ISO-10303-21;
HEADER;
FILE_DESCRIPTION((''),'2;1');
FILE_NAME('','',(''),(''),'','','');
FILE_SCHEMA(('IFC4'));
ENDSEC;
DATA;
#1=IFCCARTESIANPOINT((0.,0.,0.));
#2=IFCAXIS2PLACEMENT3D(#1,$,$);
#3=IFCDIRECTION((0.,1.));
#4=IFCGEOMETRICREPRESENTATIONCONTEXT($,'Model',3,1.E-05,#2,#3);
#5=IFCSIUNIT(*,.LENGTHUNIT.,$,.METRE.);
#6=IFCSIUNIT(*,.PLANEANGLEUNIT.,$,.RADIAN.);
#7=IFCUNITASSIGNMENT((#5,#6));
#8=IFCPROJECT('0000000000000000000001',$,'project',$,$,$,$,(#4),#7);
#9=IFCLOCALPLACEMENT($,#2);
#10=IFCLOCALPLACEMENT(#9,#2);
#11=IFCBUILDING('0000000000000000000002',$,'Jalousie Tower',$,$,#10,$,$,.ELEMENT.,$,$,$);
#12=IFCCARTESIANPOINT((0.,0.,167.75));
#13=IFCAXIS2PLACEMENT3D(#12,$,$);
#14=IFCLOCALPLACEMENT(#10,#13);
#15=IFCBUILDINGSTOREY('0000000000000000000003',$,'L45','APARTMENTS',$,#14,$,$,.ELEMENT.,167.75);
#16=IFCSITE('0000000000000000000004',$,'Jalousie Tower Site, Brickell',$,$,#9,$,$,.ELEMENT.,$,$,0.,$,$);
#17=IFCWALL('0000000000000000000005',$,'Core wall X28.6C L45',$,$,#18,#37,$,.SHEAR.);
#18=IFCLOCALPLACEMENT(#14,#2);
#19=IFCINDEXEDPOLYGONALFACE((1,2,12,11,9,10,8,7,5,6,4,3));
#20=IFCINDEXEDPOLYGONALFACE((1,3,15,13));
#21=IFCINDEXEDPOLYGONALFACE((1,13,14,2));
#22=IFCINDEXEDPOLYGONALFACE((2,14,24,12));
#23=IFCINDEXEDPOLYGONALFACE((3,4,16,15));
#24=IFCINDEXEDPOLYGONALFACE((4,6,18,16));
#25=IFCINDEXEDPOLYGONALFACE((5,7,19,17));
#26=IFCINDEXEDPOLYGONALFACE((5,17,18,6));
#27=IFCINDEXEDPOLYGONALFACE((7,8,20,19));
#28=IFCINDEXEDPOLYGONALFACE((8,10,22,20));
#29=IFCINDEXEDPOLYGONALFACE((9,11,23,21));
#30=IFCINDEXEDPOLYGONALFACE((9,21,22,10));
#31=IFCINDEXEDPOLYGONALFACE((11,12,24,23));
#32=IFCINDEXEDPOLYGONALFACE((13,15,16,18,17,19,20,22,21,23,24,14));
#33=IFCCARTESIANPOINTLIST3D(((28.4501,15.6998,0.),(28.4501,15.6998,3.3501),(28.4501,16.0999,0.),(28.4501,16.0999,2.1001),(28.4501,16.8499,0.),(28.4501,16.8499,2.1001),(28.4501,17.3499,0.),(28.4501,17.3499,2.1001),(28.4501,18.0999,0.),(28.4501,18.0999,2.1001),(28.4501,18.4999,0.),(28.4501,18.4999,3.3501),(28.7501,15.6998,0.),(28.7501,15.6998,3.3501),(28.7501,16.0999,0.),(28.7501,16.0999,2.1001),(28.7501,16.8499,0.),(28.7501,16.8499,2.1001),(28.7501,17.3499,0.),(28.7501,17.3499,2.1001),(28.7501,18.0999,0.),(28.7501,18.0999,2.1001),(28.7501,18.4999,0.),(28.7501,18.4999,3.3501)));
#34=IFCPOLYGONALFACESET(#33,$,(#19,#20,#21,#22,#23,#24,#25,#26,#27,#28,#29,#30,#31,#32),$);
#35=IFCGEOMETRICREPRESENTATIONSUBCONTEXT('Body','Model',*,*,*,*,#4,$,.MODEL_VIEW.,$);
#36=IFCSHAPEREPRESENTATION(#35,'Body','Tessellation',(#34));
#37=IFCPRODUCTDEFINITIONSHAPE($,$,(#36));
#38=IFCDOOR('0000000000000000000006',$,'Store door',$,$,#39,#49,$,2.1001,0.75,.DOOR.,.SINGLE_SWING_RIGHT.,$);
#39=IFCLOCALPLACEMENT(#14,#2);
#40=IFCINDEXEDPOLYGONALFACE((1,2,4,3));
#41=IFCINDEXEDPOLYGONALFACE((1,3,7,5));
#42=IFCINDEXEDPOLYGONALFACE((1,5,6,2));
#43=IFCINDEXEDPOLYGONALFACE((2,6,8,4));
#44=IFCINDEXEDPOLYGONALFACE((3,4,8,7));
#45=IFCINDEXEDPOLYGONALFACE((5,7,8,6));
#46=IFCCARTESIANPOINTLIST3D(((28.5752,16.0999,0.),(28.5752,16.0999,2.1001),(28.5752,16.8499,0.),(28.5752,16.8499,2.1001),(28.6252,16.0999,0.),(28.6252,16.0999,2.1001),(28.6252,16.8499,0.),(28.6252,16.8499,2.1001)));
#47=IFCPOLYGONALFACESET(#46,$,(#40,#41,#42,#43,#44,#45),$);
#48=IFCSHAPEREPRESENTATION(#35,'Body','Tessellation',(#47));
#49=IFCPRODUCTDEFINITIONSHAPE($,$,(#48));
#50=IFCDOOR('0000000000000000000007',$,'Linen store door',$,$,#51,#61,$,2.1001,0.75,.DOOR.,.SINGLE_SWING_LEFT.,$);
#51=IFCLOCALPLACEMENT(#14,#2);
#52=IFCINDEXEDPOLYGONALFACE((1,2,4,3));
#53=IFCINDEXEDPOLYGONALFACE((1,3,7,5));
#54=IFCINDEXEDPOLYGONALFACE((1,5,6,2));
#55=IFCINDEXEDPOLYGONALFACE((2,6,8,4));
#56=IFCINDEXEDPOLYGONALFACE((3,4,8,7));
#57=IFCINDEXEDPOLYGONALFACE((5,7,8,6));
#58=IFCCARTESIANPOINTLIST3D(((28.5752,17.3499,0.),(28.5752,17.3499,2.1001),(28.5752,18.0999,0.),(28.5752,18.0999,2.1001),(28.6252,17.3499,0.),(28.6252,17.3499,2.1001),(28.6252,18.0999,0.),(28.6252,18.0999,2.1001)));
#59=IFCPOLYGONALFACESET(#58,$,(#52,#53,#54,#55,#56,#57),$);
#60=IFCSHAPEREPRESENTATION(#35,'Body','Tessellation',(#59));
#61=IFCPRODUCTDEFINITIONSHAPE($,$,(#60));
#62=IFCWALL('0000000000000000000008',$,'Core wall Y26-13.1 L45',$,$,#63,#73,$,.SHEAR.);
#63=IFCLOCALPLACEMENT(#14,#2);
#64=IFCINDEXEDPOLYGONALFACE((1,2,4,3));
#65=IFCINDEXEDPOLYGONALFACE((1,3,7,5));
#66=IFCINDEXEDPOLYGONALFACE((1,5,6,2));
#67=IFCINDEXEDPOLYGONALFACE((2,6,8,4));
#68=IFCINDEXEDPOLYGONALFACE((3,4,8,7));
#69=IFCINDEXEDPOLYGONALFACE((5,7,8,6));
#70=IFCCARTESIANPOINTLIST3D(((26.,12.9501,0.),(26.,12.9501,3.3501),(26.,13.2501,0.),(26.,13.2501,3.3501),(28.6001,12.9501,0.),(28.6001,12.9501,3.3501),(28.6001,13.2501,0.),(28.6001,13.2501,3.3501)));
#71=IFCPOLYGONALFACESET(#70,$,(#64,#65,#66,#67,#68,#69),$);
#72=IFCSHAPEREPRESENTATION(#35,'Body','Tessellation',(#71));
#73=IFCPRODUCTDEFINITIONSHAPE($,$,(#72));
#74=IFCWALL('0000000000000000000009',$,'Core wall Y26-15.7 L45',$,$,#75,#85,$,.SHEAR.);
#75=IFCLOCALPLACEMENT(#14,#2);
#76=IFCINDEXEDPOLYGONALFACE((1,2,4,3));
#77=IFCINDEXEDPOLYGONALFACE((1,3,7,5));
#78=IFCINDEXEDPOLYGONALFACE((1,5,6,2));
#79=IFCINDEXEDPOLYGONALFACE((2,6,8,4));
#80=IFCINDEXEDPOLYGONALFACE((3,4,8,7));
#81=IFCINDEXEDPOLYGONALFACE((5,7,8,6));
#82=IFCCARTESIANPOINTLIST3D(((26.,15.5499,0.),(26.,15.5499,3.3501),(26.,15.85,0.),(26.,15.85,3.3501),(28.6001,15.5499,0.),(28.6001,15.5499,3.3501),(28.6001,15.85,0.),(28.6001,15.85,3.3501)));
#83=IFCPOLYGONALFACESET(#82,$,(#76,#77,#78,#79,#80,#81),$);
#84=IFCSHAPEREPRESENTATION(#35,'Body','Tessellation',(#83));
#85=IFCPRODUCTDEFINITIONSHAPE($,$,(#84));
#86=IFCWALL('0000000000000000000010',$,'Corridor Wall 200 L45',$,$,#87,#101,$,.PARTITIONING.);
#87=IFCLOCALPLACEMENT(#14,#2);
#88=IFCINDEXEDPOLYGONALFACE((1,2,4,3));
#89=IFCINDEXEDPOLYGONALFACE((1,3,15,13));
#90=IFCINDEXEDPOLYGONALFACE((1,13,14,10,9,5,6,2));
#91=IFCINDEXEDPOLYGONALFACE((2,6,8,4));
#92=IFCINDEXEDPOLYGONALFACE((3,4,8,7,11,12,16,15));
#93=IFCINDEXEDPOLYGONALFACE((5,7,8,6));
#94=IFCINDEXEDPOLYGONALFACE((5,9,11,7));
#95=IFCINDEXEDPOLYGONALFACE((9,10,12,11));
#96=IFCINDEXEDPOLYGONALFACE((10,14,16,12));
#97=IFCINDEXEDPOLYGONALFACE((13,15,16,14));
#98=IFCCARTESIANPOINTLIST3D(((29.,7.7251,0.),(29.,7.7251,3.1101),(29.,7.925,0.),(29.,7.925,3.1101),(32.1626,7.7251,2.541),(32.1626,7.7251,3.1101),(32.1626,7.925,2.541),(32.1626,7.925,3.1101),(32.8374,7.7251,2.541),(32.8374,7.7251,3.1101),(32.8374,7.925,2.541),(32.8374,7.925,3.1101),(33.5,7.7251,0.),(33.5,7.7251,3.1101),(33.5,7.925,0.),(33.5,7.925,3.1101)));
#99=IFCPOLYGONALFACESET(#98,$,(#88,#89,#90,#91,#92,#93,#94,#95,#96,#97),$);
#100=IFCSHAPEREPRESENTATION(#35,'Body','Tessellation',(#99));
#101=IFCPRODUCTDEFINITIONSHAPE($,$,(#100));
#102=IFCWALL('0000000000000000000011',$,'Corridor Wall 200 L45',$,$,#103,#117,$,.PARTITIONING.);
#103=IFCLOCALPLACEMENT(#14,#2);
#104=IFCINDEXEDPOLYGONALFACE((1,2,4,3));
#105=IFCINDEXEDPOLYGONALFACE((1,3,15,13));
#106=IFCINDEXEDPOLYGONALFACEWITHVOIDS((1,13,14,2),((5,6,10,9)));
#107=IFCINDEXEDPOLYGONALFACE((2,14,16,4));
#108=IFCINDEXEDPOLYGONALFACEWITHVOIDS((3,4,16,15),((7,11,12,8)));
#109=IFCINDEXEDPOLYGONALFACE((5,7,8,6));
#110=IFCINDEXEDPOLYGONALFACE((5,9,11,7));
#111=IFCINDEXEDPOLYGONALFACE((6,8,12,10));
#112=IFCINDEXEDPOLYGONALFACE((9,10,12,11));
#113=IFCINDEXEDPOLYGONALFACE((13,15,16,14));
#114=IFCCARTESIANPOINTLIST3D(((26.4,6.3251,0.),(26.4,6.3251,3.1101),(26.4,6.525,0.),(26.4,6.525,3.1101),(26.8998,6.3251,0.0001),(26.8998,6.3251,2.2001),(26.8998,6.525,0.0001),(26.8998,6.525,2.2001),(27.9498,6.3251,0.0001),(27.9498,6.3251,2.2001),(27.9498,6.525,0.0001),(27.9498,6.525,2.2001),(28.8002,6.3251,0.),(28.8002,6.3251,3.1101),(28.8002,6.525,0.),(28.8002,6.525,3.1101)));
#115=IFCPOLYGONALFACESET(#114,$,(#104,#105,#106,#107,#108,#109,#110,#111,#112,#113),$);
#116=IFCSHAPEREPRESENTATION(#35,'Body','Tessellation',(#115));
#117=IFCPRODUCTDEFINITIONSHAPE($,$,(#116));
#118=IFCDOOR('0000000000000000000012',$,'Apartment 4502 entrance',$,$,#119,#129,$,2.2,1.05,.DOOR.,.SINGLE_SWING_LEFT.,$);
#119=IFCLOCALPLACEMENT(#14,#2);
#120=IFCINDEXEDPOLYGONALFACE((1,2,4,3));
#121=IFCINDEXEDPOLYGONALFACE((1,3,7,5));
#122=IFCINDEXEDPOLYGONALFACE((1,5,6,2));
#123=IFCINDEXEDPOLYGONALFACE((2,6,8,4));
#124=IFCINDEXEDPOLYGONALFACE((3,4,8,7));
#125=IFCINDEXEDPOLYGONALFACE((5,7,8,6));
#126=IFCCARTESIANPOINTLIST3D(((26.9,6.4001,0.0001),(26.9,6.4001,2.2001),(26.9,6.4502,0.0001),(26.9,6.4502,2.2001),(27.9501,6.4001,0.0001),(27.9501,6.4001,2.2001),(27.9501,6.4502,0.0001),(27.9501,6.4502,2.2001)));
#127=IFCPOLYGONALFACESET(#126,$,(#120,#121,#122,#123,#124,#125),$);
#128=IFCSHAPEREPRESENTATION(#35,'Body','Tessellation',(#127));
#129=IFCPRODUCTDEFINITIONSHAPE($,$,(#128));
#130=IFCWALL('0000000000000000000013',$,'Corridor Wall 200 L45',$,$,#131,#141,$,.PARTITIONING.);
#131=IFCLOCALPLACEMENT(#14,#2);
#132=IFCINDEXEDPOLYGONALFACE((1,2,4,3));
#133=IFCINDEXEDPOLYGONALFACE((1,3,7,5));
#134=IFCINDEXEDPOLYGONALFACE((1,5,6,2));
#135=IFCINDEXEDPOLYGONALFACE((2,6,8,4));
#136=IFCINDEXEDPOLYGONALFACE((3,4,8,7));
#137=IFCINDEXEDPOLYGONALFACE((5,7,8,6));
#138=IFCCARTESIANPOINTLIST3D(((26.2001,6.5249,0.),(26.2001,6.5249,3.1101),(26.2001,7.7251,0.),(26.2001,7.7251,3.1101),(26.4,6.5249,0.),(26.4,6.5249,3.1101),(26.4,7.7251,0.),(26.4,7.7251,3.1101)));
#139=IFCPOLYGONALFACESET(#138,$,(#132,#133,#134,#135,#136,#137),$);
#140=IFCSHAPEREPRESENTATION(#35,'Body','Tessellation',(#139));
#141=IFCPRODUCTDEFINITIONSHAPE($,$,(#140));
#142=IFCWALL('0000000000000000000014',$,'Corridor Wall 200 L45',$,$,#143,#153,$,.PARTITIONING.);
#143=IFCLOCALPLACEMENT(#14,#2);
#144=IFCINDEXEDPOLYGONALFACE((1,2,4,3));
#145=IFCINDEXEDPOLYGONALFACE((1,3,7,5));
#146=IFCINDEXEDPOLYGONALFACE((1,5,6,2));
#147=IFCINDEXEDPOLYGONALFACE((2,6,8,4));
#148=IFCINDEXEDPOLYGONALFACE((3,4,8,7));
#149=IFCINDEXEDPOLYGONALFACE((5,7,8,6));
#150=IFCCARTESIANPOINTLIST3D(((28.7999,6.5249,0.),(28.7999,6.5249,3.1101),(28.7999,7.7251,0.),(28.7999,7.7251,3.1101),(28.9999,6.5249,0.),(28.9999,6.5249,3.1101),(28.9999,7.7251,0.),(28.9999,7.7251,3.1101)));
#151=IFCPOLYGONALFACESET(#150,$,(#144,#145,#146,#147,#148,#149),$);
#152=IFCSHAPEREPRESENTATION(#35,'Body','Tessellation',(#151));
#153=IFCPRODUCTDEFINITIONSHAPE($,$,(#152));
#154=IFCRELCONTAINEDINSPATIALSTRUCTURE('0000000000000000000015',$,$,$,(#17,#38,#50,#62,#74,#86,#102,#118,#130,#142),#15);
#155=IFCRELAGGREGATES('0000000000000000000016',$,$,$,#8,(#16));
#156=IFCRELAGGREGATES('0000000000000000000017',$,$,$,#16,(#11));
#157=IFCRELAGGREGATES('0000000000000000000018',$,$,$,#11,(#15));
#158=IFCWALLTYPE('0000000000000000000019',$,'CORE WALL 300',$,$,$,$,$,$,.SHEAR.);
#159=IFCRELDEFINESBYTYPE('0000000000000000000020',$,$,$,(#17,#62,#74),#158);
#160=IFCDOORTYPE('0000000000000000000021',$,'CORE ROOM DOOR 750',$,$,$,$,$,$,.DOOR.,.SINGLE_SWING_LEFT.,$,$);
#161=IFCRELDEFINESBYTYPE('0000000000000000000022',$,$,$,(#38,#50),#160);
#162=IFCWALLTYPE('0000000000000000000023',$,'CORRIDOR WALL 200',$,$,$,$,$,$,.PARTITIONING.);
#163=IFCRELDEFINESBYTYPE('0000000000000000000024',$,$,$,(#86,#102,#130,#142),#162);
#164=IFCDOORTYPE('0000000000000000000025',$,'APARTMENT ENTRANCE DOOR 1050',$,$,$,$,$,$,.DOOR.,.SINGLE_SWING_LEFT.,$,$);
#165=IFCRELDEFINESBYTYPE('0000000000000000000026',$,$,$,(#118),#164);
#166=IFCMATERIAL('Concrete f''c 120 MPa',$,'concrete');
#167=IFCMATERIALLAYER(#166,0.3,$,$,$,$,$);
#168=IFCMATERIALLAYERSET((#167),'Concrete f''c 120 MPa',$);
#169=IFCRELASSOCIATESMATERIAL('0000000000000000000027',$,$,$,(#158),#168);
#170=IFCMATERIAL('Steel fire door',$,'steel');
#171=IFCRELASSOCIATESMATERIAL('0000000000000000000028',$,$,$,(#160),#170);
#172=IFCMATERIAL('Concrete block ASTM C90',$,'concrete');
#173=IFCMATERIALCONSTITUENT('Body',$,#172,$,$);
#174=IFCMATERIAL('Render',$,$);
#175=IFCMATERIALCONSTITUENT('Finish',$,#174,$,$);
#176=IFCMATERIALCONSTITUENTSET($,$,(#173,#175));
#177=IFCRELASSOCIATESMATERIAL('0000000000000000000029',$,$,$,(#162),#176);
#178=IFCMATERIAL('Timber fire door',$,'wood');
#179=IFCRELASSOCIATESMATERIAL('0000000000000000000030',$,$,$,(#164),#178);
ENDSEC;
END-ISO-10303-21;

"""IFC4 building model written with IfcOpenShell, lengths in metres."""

from ifc_helpers import new_model, si_unit, direction, frame, frame_2d, origin, place, context, subcontext, project, spatial, polyline, rectangle, outline, extrude, material, layer, layer_set, constituent, constituent_set, type_object, element, fill, save


model = new_model("IFC4")

# Units and contexts
model_context = context("Model", 3, precision=1e-05, world=origin(), true_north=direction((0.0, 1.0)))
body_context = subcontext(model_context, "Body", "Model", "MODEL_VIEW")
ifc_project = project(units=[si_unit("LENGTHUNIT", "METRE"), si_unit("PLANEANGLEUNIT", "RADIAN")], contexts=[model_context])

# Site, building, storey
site_placement = place(None, origin())
site = spatial("IfcSite", under=ifc_project, at=site_placement, Name="Jalousie Tower Site, Brickell", CompositionType="ELEMENT", RefElevation=0.0)
building_placement = place(site_placement, origin())
building = spatial("IfcBuilding", under=site, at=building_placement, Name="Jalousie Tower", CompositionType="ELEMENT")
storey_placement = place(building_placement, frame((0.0, 0.0, 167.75)))
storey = spatial("IfcBuildingStorey", under=building, at=storey_placement, Name="L45", Description="APARTMENTS", CompositionType="ELEMENT", Elevation=167.75)

# Shared definitions
ifc_material_1 = material(Name="Concrete f'c 120 MPa", Category="concrete")
ifc_layer = layer(ifc_material_1, 0.3)
ifc_layer_set = layer_set([ifc_layer], Name="Concrete f'c 120 MPa")
wall_type_1 = type_object("IfcWallType", Name="CORE WALL 300", PredefinedType="SHEAR", material=ifc_layer_set)

# Wall, openings, doors
wall_1_placement = place(storey_placement, frame((28.6001, 15.7, 0.0), z_axis=(0.0, 0.0, 1.0), x_axis=(0.0, 1.0, 0.0)))
wall_1 = element("IfcWall", 1, at=wall_1_placement, inside=storey, type_object=wall_type_1, Name="Core wall X28.6C L45", PredefinedType="SHEAR", context=body_context, shape_type="SweptSolid", body=[
    extrude(rectangle(XDim=2.8, YDim=0.3, at=frame_2d((1.3999, 0.0))), origin(), (0.0, 0.0, 1.0), 3.3501),
])
opening_1_placement = place(wall_1_placement, frame((0.3999, 0.0, 0.0)))
opening_1 = element("IfcOpeningElement", 2, at=opening_1_placement, cuts=wall_1, PredefinedType="OPENING", context=body_context, shape_type="SweptSolid", body=[
    extrude(rectangle(XDim=0.75, YDim=2.1001, at=frame_2d((0.375, 1.05))), frame((0.0, 0.1599, 0.0), z_axis=(0.0, -1.0, 0.0), x_axis=(1.0, 0.0, 0.0)), (0.0, 0.0, 1.0), 0.3201),
])
opening_2_placement = place(wall_1_placement, frame((1.6499, 0.0, 0.0)))
opening_2 = element("IfcOpeningElement", 3, at=opening_2_placement, cuts=wall_1, PredefinedType="OPENING", context=body_context, shape_type="SweptSolid", body=[
    extrude(rectangle(XDim=0.75, YDim=2.1001, at=frame_2d((0.375, 1.05))), frame((0.0, 0.1599, 0.0), z_axis=(0.0, -1.0, 0.0), x_axis=(1.0, 0.0, 0.0)), (0.0, 0.0, 1.0), 0.3201),
])
ifc_material_2 = material(Name="Steel fire door", Category="steel")
door_type_1 = type_object("IfcDoorType", Name="CORE ROOM DOOR 750", OperationType="SINGLE_SWING_LEFT", PredefinedType="DOOR", material=ifc_material_2)
door_1_placement = place(opening_1_placement, origin())
door_1 = element("IfcDoor", 4, at=door_1_placement, inside=storey, type_object=door_type_1, Name="Store door", OperationType="SINGLE_SWING_RIGHT", OverallHeight=2.1001, OverallWidth=0.75, PredefinedType="DOOR", context=body_context, shape_type="SweptSolid", body=[
    extrude(rectangle(XDim=0.75, YDim=2.1001, at=frame_2d((0.375, 1.05))), frame((0.0, 0.0249, 0.0), z_axis=(0.0, -1.0, 0.0), x_axis=(1.0, 0.0, 0.0)), (0.0, 0.0, 1.0), 0.05),
])
fill(opening_1, door_1)
door_2_placement = place(opening_2_placement, origin())
door_2 = element("IfcDoor", 5, at=door_2_placement, inside=storey, type_object=door_type_1, Name="Linen store door", OperationType="SINGLE_SWING_LEFT", OverallHeight=2.1001, OverallWidth=0.75, PredefinedType="DOOR", context=body_context, shape_type="SweptSolid", body=[
    extrude(rectangle(XDim=0.75, YDim=2.1001, at=frame_2d((0.375, 1.05))), frame((0.0, 0.0249, 0.0), z_axis=(0.0, -1.0, 0.0), x_axis=(1.0, 0.0, 0.0)), (0.0, 0.0, 1.0), 0.05),
])
fill(opening_2, door_2)

# Walls
for number, where, z_axis, x_axis, name in (
    (6, (26.0, 13.1001, 0.0), (0.0, 0.0, 1.0), (1.0, 0.0, 0.0), "Core wall Y26-13.1 L45"),
    (7, (26.0, 15.7, 0.0), (0.0, 0.0, 1.0), (1.0, 0.0, 0.0), "Core wall Y26-15.7 L45"),
):
    element("IfcWall", number, at=place(storey_placement, frame(where, z_axis=z_axis, x_axis=x_axis)), inside=storey, type_object=wall_type_1, Name=name, PredefinedType="SHEAR", context=body_context, shape_type="SweptSolid", body=[
        extrude(rectangle(XDim=2.6001, YDim=0.3, at=frame_2d((1.3, 0.0))), origin(), (0.0, 0.0, 1.0), 3.3501),
    ])
ifc_material_3 = material(Name="Concrete block ASTM C90", Category="concrete")
ifc_constituent_1 = constituent(ifc_material_3, Name="Body")
ifc_material_4 = material(Name="Render")
ifc_constituent_2 = constituent(ifc_material_4, Name="Finish")
ifc_constituent_set_1 = constituent_set(constituents=[ifc_constituent_1, ifc_constituent_2])
wall_type_2 = type_object("IfcWallType", Name="CORRIDOR WALL 200", PredefinedType="PARTITIONING", material=ifc_constituent_set_1)
wall_2_placement = place(storey_placement, frame((29.0, 7.825, 0.0), z_axis=(0.0, 0.0, 1.0), x_axis=(1.0, 0.0, 0.0)))
element("IfcWall", 8, at=wall_2_placement, inside=storey, type_object=wall_type_2, Name="Corridor Wall 200 L45", PredefinedType="PARTITIONING", context=body_context, shape_type="SweptSolid", body=[
    extrude(outline(polyline([(0.0, 0.0), (4.5, 0.0), (4.5, 3.1101), (3.8374, 3.1101), (3.8374, 2.541), (3.1626, 2.541), (3.1626, 3.1101), (0.0, 3.1101), (0.0, 0.0)])), frame((0.0, 0.1001, 0.0), z_axis=(0.0, -1.0, 0.0), x_axis=(1.0, 0.0, 0.0)), (0.0, 0.0, 1.0), 0.2),
])

# Wall, opening, door
wall_3_placement = place(storey_placement, frame((26.3999, 6.425, 0.0), z_axis=(0.0, 0.0, 1.0), x_axis=(1.0, 0.0, 0.0)))
wall_3 = element("IfcWall", 9, at=wall_3_placement, inside=storey, type_object=wall_type_2, Name="Corridor Wall 200 L45", PredefinedType="PARTITIONING", context=body_context, shape_type="SweptSolid", body=[
    extrude(rectangle(XDim=2.4001, YDim=0.2, at=frame_2d((1.2002, 0.0))), origin(), (0.0, 0.0, 1.0), 3.1101),
])
opening_3_placement = place(wall_3_placement, frame((0.5, 0.0, 0.0)))
opening_3 = element("IfcOpeningElement", 10, at=opening_3_placement, cuts=wall_3, PredefinedType="OPENING", context=body_context, shape_type="SweptSolid", body=[
    extrude(rectangle(XDim=1.05, YDim=2.2, at=frame_2d((0.5249, 1.1001))), frame((0.0, 0.1099, 0.0), z_axis=(0.0, -1.0, 0.0), x_axis=(1.0, 0.0, 0.0)), (0.0, 0.0, 1.0), 0.22),
])
ifc_material_5 = material(Name="Timber fire door", Category="wood")
door_type_2 = type_object("IfcDoorType", Name="APARTMENT ENTRANCE DOOR 1050", OperationType="SINGLE_SWING_LEFT", PredefinedType="DOOR", material=ifc_material_5)
door_3_placement = place(opening_3_placement, frame((1.05, 0.0, 0.0), z_axis=(0.0, 0.0, 1.0), x_axis=(-1.0, 0.0, 0.0)))
door_3 = element("IfcDoor", 11, at=door_3_placement, inside=storey, type_object=door_type_2, Name="Apartment 4502 entrance", OperationType="SINGLE_SWING_LEFT", OverallHeight=2.2, OverallWidth=1.05, PredefinedType="DOOR", context=body_context, shape_type="SweptSolid", body=[
    extrude(rectangle(XDim=1.05, YDim=2.2, at=frame_2d((0.5249, 1.1001))), frame((0.0, 0.0249, 0.0), z_axis=(0.0, -1.0, 0.0), x_axis=(1.0, 0.0, 0.0)), (0.0, 0.0, 1.0), 0.05),
])
fill(opening_3, door_3)

# Walls
for number, where, z_axis, x_axis, name in (
    (12, (26.3, 7.7251, 0.0), (0.0, 0.0, 1.0), (0.0, -1.0, 0.0), "Corridor Wall 200 L45"),
    (13, (28.8999, 7.7251, 0.0), (0.0, 0.0, 1.0), (0.0, -1.0, 0.0), "Corridor Wall 200 L45"),
):
    element("IfcWall", number, at=place(storey_placement, frame(where, z_axis=z_axis, x_axis=x_axis)), inside=storey, type_object=wall_type_2, Name=name, PredefinedType="PARTITIONING", context=body_context, shape_type="SweptSolid", body=[
        extrude(rectangle(XDim=1.2002, YDim=0.2, at=frame_2d((0.6001, 0.0))), origin(), (0.0, 0.0, 1.0), 3.1101),
    ])

save(model, "model.ifc")
